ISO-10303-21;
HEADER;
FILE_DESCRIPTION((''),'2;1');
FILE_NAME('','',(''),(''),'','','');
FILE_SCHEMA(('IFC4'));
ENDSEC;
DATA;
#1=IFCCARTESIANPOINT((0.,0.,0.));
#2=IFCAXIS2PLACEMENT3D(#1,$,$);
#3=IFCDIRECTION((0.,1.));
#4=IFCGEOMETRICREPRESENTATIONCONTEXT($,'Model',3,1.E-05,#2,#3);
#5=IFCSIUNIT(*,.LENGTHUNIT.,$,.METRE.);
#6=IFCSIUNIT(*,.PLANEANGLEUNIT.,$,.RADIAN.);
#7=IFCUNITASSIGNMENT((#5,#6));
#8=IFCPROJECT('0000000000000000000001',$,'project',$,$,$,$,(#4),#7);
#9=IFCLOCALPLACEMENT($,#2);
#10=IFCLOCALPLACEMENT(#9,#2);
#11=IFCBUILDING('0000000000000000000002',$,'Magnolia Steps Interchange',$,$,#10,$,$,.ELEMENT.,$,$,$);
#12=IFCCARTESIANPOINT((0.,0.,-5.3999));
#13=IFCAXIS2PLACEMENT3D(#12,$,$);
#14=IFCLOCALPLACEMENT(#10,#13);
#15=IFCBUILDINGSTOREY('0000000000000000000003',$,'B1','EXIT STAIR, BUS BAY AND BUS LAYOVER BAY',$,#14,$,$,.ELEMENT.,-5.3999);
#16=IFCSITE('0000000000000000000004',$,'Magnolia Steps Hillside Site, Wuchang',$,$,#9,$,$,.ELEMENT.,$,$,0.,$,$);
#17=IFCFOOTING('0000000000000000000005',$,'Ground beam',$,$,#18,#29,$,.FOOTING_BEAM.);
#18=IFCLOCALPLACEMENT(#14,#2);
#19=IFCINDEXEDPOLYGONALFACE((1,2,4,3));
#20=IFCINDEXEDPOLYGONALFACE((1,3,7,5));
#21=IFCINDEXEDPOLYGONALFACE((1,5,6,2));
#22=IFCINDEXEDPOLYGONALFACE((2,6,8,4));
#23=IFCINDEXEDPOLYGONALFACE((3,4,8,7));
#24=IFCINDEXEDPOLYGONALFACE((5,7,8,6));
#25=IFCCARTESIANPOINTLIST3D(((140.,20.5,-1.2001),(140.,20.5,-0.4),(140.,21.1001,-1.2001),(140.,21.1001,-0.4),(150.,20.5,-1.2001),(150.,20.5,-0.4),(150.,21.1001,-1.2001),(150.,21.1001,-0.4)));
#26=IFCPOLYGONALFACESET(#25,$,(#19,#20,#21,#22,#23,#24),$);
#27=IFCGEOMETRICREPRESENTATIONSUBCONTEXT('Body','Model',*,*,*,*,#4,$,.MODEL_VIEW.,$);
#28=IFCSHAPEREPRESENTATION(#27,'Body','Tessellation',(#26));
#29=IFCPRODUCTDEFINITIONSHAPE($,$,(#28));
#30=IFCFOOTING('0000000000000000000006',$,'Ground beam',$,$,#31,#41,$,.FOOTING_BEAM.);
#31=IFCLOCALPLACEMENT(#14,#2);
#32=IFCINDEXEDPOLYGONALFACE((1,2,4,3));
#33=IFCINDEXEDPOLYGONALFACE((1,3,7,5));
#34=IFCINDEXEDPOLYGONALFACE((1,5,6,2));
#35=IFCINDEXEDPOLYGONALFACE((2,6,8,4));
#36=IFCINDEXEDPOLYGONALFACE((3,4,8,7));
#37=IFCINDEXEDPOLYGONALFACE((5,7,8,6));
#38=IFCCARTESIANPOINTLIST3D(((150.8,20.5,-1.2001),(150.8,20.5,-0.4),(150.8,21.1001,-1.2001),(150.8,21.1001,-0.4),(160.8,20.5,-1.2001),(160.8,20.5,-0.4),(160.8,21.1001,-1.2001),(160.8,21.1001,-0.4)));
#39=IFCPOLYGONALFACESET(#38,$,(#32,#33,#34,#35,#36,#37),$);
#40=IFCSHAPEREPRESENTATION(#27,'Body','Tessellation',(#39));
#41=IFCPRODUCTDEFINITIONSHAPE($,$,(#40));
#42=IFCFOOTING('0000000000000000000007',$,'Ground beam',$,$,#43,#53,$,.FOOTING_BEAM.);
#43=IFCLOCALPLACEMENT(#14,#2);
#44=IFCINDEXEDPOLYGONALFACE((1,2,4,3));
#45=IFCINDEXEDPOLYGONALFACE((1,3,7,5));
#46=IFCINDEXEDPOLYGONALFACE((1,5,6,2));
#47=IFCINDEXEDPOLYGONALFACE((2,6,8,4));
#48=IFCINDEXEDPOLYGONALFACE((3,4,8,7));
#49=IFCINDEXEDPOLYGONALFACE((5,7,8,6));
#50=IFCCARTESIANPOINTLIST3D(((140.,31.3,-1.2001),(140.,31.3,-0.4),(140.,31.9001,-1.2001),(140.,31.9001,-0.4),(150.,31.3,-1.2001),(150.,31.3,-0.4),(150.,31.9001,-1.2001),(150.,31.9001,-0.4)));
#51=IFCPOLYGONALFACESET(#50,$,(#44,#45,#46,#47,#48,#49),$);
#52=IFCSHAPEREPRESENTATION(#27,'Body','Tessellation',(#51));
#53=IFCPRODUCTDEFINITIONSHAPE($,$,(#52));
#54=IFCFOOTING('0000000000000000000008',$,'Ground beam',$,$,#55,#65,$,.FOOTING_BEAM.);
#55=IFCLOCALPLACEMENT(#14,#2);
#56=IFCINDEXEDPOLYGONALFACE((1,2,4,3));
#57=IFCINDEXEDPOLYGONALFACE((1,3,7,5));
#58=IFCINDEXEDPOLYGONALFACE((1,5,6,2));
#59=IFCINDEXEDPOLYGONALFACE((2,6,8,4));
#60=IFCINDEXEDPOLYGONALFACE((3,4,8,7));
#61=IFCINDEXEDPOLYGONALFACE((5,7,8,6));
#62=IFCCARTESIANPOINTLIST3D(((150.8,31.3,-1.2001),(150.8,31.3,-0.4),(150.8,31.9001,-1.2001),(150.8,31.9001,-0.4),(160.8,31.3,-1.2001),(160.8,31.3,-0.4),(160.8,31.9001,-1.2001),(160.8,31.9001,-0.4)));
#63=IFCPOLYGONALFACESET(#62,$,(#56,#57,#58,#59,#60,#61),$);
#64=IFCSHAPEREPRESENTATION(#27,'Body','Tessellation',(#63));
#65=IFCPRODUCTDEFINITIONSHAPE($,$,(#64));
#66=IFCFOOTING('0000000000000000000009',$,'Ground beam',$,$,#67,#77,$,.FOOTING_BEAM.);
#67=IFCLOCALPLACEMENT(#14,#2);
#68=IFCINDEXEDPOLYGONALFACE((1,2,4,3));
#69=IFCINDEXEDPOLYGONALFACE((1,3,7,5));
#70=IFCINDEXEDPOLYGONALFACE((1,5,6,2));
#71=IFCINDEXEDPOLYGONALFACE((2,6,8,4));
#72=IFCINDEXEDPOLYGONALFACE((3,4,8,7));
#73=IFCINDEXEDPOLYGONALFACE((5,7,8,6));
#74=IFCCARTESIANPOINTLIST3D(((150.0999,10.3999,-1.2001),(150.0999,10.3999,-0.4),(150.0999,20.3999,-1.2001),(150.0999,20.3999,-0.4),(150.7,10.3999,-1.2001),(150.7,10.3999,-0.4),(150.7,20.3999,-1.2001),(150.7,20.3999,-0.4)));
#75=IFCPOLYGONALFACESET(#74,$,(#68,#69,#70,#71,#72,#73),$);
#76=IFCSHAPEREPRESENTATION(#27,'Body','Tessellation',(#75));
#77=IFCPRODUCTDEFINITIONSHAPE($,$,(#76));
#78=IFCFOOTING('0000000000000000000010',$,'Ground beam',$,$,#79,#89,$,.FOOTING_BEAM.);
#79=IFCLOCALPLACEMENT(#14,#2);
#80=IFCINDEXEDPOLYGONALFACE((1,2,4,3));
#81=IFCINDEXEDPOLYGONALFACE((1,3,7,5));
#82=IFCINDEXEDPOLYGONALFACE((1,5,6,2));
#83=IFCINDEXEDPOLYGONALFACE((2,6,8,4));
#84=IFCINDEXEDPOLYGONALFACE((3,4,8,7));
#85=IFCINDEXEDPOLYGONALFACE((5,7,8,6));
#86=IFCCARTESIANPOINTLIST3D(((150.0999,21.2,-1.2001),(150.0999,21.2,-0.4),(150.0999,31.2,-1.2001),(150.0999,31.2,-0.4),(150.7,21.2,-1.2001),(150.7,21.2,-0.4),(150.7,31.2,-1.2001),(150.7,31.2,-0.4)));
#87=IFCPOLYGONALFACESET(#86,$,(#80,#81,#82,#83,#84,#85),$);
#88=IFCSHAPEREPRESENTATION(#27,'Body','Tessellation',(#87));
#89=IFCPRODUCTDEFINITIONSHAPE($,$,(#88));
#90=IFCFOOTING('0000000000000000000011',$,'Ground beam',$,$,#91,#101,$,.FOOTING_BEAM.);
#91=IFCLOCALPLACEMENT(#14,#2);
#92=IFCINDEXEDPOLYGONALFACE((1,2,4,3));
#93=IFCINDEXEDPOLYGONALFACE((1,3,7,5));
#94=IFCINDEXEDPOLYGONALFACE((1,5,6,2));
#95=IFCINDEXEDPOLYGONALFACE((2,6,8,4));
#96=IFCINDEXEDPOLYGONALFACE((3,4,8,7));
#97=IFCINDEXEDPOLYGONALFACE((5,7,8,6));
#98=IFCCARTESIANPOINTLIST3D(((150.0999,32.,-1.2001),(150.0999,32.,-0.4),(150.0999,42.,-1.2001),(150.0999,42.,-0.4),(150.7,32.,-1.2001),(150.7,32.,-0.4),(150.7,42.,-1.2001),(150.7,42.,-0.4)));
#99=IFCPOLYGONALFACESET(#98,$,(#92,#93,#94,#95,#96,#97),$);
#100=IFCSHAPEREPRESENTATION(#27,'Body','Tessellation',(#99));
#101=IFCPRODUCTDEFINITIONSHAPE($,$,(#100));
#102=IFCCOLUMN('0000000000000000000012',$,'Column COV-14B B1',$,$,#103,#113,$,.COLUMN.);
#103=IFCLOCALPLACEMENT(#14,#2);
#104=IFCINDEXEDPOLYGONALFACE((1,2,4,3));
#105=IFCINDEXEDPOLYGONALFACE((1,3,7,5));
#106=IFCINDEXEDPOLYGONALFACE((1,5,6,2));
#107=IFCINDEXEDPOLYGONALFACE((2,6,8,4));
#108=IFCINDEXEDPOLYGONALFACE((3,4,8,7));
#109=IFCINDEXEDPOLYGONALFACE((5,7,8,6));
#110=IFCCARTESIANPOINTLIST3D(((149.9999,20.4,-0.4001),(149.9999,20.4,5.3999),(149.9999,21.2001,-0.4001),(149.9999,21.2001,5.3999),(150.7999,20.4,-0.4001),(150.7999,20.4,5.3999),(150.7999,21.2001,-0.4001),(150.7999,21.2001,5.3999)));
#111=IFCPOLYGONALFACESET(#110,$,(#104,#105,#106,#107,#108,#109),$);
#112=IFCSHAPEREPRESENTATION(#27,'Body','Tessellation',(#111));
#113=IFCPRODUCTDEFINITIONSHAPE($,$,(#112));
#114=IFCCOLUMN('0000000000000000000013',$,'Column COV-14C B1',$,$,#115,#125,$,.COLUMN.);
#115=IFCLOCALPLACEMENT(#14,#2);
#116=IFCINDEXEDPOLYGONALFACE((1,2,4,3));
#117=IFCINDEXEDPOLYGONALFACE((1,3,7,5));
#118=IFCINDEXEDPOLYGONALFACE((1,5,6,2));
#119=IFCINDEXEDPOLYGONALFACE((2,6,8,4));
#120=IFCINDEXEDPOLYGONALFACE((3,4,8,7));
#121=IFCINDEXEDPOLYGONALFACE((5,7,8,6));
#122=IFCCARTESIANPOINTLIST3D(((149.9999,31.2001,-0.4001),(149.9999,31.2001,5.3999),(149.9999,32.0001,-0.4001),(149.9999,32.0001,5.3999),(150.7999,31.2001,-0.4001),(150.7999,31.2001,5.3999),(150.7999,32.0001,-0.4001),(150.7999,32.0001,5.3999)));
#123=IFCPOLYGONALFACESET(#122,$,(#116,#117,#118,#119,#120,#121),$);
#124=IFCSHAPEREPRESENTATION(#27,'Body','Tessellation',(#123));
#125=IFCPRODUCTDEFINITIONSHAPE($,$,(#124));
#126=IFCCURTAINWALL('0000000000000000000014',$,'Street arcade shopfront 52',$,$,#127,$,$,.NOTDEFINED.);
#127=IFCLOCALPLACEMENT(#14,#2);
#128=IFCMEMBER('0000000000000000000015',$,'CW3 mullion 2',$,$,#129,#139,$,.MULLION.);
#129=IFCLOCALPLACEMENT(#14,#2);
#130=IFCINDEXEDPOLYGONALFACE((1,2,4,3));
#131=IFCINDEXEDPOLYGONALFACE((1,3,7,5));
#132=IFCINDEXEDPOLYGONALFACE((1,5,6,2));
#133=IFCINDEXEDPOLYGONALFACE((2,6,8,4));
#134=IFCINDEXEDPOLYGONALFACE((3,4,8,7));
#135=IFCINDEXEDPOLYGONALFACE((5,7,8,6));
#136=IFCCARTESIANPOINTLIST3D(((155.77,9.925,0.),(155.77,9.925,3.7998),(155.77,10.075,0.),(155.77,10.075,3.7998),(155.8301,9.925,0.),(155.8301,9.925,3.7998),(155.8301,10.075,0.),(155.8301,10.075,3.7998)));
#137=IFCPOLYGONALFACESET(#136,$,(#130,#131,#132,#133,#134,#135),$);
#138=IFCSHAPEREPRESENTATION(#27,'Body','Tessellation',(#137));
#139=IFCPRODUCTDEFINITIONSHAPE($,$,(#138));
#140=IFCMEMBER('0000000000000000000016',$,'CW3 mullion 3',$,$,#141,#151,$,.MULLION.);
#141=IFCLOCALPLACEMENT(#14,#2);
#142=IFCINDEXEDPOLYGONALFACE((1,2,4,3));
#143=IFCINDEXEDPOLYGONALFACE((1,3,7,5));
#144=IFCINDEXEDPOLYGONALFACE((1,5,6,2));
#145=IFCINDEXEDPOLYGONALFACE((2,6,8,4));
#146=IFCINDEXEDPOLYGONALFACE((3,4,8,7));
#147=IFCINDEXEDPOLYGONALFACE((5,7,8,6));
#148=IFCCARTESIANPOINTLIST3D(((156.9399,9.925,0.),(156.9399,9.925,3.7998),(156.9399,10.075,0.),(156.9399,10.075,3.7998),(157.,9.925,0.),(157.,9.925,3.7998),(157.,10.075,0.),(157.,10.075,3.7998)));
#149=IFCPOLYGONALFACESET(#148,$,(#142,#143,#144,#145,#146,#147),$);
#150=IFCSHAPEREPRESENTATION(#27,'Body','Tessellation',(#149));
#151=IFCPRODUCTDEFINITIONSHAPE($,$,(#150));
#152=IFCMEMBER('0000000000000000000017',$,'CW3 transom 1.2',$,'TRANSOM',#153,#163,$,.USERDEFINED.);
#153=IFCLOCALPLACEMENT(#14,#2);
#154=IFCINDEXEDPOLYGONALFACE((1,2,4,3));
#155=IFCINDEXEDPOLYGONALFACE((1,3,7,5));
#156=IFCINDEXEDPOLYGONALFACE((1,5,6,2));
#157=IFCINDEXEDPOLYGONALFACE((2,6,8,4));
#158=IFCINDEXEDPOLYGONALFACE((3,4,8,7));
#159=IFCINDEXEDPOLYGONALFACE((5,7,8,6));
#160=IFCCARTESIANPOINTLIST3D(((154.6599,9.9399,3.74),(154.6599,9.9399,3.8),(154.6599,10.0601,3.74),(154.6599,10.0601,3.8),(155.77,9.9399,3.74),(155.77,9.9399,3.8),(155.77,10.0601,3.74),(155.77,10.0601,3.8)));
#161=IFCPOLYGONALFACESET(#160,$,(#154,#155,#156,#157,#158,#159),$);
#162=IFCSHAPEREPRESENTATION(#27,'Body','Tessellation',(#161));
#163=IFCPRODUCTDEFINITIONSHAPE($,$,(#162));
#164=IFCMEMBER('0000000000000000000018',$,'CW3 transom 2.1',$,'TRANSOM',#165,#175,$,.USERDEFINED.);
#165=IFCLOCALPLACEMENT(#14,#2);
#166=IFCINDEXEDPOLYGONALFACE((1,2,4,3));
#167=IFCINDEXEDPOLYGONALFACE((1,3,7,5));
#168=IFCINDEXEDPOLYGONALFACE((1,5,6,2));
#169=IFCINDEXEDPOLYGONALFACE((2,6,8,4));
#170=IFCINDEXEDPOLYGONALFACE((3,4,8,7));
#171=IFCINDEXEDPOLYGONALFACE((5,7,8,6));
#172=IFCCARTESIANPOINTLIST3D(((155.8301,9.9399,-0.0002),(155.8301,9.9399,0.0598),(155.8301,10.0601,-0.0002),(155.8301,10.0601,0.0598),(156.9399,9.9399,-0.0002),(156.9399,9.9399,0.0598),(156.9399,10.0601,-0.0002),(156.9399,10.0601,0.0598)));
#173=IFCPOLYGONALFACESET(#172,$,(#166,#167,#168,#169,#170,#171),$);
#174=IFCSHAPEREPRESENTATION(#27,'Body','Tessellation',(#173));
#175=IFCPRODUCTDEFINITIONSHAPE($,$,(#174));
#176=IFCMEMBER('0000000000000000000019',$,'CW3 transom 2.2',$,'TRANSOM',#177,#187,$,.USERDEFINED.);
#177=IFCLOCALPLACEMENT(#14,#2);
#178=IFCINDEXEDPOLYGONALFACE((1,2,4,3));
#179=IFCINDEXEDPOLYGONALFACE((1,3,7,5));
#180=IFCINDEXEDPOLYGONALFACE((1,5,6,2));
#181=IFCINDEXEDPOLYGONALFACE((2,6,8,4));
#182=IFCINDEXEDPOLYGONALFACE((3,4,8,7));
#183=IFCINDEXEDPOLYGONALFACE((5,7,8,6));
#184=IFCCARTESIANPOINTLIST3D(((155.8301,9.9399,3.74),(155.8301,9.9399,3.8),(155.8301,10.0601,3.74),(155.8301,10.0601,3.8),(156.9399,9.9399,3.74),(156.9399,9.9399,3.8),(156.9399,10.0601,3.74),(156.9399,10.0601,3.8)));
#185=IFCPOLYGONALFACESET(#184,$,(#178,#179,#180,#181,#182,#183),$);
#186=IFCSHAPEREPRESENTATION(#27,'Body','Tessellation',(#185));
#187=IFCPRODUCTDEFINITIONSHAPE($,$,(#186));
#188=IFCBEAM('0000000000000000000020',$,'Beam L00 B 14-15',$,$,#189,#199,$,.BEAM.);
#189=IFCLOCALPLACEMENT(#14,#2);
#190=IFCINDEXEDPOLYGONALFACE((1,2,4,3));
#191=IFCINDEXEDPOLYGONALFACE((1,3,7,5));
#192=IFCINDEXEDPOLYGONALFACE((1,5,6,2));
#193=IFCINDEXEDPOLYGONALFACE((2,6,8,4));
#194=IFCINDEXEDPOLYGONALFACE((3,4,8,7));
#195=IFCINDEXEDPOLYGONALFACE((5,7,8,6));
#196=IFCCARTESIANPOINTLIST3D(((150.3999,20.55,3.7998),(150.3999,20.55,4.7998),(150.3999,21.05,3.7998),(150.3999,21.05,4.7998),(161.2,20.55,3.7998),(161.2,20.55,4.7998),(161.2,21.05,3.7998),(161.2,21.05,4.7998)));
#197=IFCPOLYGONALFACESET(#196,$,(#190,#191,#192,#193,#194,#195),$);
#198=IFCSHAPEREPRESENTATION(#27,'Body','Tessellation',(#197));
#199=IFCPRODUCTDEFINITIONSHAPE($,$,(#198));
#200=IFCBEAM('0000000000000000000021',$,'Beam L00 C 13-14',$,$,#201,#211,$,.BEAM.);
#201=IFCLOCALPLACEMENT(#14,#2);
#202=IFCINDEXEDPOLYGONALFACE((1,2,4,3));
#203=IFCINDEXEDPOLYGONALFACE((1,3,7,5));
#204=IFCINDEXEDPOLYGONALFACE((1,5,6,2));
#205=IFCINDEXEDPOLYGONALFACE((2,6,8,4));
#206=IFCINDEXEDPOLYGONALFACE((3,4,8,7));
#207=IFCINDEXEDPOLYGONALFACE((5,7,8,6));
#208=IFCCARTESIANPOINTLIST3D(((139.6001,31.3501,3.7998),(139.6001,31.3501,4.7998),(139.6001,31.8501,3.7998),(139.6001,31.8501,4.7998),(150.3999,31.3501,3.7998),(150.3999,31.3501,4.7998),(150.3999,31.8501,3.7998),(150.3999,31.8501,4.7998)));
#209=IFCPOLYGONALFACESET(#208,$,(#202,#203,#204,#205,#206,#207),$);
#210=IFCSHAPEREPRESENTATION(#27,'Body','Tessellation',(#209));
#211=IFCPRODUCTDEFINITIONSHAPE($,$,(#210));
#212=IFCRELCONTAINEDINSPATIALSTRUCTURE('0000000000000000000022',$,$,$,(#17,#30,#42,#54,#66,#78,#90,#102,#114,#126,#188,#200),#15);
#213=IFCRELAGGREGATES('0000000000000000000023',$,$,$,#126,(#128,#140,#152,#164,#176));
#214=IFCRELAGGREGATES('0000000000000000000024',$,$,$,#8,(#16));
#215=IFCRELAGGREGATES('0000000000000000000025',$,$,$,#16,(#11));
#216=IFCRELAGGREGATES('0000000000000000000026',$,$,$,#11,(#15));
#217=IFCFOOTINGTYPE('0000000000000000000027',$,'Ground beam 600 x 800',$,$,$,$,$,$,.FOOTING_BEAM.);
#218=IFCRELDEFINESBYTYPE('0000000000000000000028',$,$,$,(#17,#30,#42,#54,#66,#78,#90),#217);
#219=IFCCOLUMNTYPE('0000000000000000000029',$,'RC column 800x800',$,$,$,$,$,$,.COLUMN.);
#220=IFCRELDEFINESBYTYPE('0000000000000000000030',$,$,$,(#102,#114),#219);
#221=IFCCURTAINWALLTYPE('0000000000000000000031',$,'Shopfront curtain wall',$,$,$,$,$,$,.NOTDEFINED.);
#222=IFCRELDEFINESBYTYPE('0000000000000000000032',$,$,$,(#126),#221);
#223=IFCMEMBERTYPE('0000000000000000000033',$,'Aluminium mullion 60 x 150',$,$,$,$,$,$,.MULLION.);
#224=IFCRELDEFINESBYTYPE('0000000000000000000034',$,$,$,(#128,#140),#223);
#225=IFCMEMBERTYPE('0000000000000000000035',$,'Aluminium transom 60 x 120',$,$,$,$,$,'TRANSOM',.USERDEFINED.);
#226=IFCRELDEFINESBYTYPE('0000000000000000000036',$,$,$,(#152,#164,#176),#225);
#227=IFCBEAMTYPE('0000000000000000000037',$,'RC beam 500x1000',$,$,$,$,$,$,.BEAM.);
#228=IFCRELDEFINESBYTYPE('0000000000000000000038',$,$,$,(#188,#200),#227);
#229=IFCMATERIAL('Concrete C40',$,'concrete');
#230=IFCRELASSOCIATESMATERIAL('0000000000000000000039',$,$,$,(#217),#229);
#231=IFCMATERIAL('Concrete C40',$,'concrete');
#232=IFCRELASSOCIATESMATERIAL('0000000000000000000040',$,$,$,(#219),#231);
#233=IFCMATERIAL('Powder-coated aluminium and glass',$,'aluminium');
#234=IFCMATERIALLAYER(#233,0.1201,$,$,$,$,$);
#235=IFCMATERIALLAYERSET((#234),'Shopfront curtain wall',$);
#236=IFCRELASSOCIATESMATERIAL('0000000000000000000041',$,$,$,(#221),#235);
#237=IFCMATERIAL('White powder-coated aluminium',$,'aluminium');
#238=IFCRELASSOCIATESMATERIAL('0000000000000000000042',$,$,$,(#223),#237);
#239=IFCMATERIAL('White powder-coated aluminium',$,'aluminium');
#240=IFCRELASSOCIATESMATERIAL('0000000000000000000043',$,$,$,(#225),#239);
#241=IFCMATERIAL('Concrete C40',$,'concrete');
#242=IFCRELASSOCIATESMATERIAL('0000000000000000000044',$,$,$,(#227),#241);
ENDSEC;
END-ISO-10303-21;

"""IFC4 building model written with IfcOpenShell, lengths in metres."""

from ifc_helpers import new_model, si_unit, direction, frame, origin, origin_2d, place, context, subcontext, project, spatial, rectangle, extrude, material, layer, layer_set, material_profile, profile_set, type_object, element, aggregate, save


model = new_model("IFC4")

# Units and contexts
model_context = context("Model", 3, precision=1e-05, world=origin(), true_north=direction((0.0, 1.0)))
body_context = subcontext(model_context, "Body", "Model", "MODEL_VIEW")
ifc_project = project(units=[si_unit("LENGTHUNIT", "METRE"), si_unit("PLANEANGLEUNIT", "RADIAN")], contexts=[model_context])

# Site, building, storey
site_placement = place(None, origin())
site = spatial("IfcSite", under=ifc_project, at=site_placement, Name="Magnolia Steps Hillside Site, Wuchang", CompositionType="ELEMENT", RefElevation=0.0)
building_placement = place(site_placement, origin())
building = spatial("IfcBuilding", under=site, at=building_placement, Name="Magnolia Steps Interchange", CompositionType="ELEMENT")
storey_placement = place(building_placement, frame((0.0, 0.0, -5.3999)))
storey = spatial("IfcBuildingStorey", under=building, at=storey_placement, Name="B1", Description="EXIT STAIR, BUS BAY AND BUS LAYOVER BAY", CompositionType="ELEMENT", Elevation=-5.3999)

# Footings
ifc_material_1 = material(Name="Concrete C40", Category="concrete")
ifc_material_profile_1 = material_profile(ifc_material_1, rectangle(XDim=0.6001, YDim=0.8, at=origin_2d()), Name="RC600x800")
ifc_profile_set_1 = profile_set([ifc_material_profile_1], Name="Concrete C40")
footing_type = type_object("IfcFootingType", Name="Ground beam 600 x 800", PredefinedType="FOOTING_BEAM", material=ifc_profile_set_1)
for number, where, z_axis, x_axis, name in (
    (1, (140.0, 20.8, -0.8), (1.0, 0.0, 0.0), (0.0, 1.0, 0.0), "Ground beam"),
    (2, (150.8, 20.8, -0.8), (1.0, 0.0, 0.0), (0.0, 1.0, 0.0), "Ground beam"),
    (3, (140.0, 31.6001, -0.8), (1.0, 0.0, 0.0), (0.0, 1.0, 0.0), "Ground beam"),
    (4, (150.8, 31.6001, -0.8), (1.0, 0.0, 0.0), (0.0, 1.0, 0.0), "Ground beam"),
    (5, (150.3999, 10.3999, -0.8), (0.0, 1.0, 0.0), (-1.0, 0.0, 0.0), "Ground beam"),
    (6, (150.3999, 21.2, -0.8), (0.0, 1.0, 0.0), (-1.0, 0.0, 0.0), "Ground beam"),
    (7, (150.3999, 32.0, -0.8), (0.0, 1.0, 0.0), (-1.0, 0.0, 0.0), "Ground beam"),
):
    element("IfcFooting", number, at=place(storey_placement, frame(where, z_axis=z_axis, x_axis=x_axis)), inside=storey, type_object=footing_type, Name=name, PredefinedType="FOOTING_BEAM", context=body_context, shape_type="SweptSolid", body=[
        extrude(rectangle(XDim=0.6001, YDim=0.8, at=origin_2d()), origin(), (0.0, 0.0, 1.0), 10.0),
    ])

# Columns
ifc_material_2 = material(Name="Concrete C40", Category="concrete")
ifc_material_profile_2 = material_profile(ifc_material_2, rectangle(XDim=0.8, YDim=0.8, at=origin_2d()), Name="RC800x800")
ifc_profile_set_2 = profile_set([ifc_material_profile_2], Name="Concrete C40")
column_type = type_object("IfcColumnType", Name="RC column 800x800", PredefinedType="COLUMN", material=ifc_profile_set_2)
for number, where, z_axis, x_axis, name in (
    (8, (150.3999, 20.8, -0.4001), (0.0, 0.0, 1.0), (1.0, 0.0, 0.0), "Column COV-14B B1"),
    (9, (150.3999, 31.6001, -0.4001), (0.0, 0.0, 1.0), (1.0, 0.0, 0.0), "Column COV-14C B1"),
):
    element("IfcColumn", number, at=place(storey_placement, frame(where, z_axis=z_axis, x_axis=x_axis)), inside=storey, type_object=column_type, Name=name, PredefinedType="COLUMN", context=body_context, shape_type="SweptSolid", body=[
        extrude(rectangle(XDim=0.8, YDim=0.8, at=origin_2d()), origin(), (0.0, 0.0, 1.0), 5.8),
    ])

# Curtain wall, members
ifc_material_3 = material(Name="Powder-coated aluminium and glass", Category="aluminium")
ifc_layer_1 = layer(ifc_material_3, 0.1201)
ifc_layer_set_1 = layer_set([ifc_layer_1], Name="Shopfront curtain wall")
curtain_wall_type = type_object("IfcCurtainWallType", Name="Shopfront curtain wall", PredefinedType="NOTDEFINED", material=ifc_layer_set_1)
curtain_wall_placement = place(storey_placement, origin())
curtain_wall = element("IfcCurtainWall", 10, at=curtain_wall_placement, inside=storey, type_object=curtain_wall_type, Name="Street arcade shopfront 52", PredefinedType="NOTDEFINED")
ifc_material_4 = material(Name="White powder-coated aluminium", Category="aluminium")
ifc_material_profile_3 = material_profile(ifc_material_4, rectangle(XDim=0.0601, YDim=0.1499, at=origin_2d()), Name="Aluminium mullion 60 x 150")
ifc_profile_set_3 = profile_set([ifc_material_profile_3], Name="White powder-coated aluminium")
member_type_1 = type_object("IfcMemberType", Name="Aluminium mullion 60 x 150", PredefinedType="MULLION", material=ifc_profile_set_3)
member_1_placement = place(storey_placement, frame((155.8, 10.0, 0.0), z_axis=(0.0, 0.0, 1.0), x_axis=(1.0, 0.0, 0.0)))
member_1 = element("IfcMember", 11, at=member_1_placement, type_object=member_type_1, Name="CW3 mullion 2", PredefinedType="MULLION", context=body_context, shape_type="SweptSolid", body=[
    extrude(rectangle(XDim=0.0601, YDim=0.1499, at=origin_2d()), origin(), (0.0, 0.0, 1.0), 3.7998),
])
member_2_placement = place(storey_placement, frame((156.97, 10.0, 0.0), z_axis=(0.0, 0.0, 1.0), x_axis=(1.0, 0.0, 0.0)))
member_2 = element("IfcMember", 12, at=member_2_placement, type_object=member_type_1, Name="CW3 mullion 3", PredefinedType="MULLION", context=body_context, shape_type="SweptSolid", body=[
    extrude(rectangle(XDim=0.0601, YDim=0.1499, at=origin_2d()), origin(), (0.0, 0.0, 1.0), 3.7998),
])
ifc_material_5 = material(Name="White powder-coated aluminium", Category="aluminium")
ifc_material_profile_4 = material_profile(ifc_material_5, rectangle(XDim=0.0601, YDim=0.1201, at=origin_2d()), Name="Aluminium transom 60 x 120")
ifc_profile_set_4 = profile_set([ifc_material_profile_4], Name="White powder-coated aluminium")
member_type_2 = type_object("IfcMemberType", Name="Aluminium transom 60 x 120", ElementType="TRANSOM", PredefinedType="USERDEFINED", material=ifc_profile_set_4)
member_3_placement = place(storey_placement, frame((154.6599, 10.0, 3.77), z_axis=(1.0, 0.0, 0.0), x_axis=(0.0, 0.0, 1.0)))
member_3 = element("IfcMember", 13, at=member_3_placement, type_object=member_type_2, Name="CW3 transom 1.2", ObjectType="TRANSOM", PredefinedType="USERDEFINED", context=body_context, shape_type="SweptSolid", body=[
    extrude(rectangle(XDim=0.0601, YDim=0.1201, at=origin_2d()), origin(), (0.0, 0.0, 1.0), 1.1101),
])
member_4_placement = place(storey_placement, frame((155.8301, 10.0, 0.0298), z_axis=(1.0, 0.0, 0.0), x_axis=(0.0, 0.0, 1.0)))
member_4 = element("IfcMember", 14, at=member_4_placement, type_object=member_type_2, Name="CW3 transom 2.1", ObjectType="TRANSOM", PredefinedType="USERDEFINED", context=body_context, shape_type="SweptSolid", body=[
    extrude(rectangle(XDim=0.0601, YDim=0.1201, at=origin_2d()), origin(), (0.0, 0.0, 1.0), 1.1099),
])
member_5_placement = place(storey_placement, frame((155.8301, 10.0, 3.77), z_axis=(1.0, 0.0, 0.0), x_axis=(0.0, 0.0, 1.0)))
member_5 = element("IfcMember", 15, at=member_5_placement, type_object=member_type_2, Name="CW3 transom 2.2", ObjectType="TRANSOM", PredefinedType="USERDEFINED", context=body_context, shape_type="SweptSolid", body=[
    extrude(rectangle(XDim=0.0601, YDim=0.1201, at=origin_2d()), origin(), (0.0, 0.0, 1.0), 1.1099),
])

# Beams
ifc_material_6 = material(Name="Concrete C40", Category="concrete")
ifc_material_profile_5 = material_profile(ifc_material_6, rectangle(XDim=0.5, YDim=1.0, at=origin_2d()), Name="RC500x1000")
ifc_profile_set_5 = profile_set([ifc_material_profile_5], Name="Concrete C40")
beam_type = type_object("IfcBeamType", Name="RC beam 500x1000", PredefinedType="BEAM", material=ifc_profile_set_5)
beam_1_placement = place(storey_placement, frame((150.3999, 20.8, 4.2998), z_axis=(1.0, 0.0, 0.0), x_axis=(0.0, 1.0, 0.0)))
element("IfcBeam", 16, at=beam_1_placement, inside=storey, type_object=beam_type, Name="Beam L00 B 14-15", PredefinedType="BEAM", context=body_context, shape_type="SweptSolid", body=[
    extrude(rectangle(XDim=0.5, YDim=1.0, at=origin_2d()), origin(), (0.0, 0.0, 1.0), 10.8),
])
beam_2_placement = place(storey_placement, frame((139.6001, 31.6001, 4.2998), z_axis=(1.0, 0.0, 0.0), x_axis=(0.0, 1.0, 0.0)))
element("IfcBeam", 17, at=beam_2_placement, inside=storey, type_object=beam_type, Name="Beam L00 C 13-14", PredefinedType="BEAM", context=body_context, shape_type="SweptSolid", body=[
    extrude(rectangle(XDim=0.5, YDim=1.0, at=origin_2d()), origin(), (0.0, 0.0, 1.0), 10.7998),
])

aggregate(curtain_wall, [member_1, member_2, member_3, member_4, member_5])

save(model, "model.ifc")
